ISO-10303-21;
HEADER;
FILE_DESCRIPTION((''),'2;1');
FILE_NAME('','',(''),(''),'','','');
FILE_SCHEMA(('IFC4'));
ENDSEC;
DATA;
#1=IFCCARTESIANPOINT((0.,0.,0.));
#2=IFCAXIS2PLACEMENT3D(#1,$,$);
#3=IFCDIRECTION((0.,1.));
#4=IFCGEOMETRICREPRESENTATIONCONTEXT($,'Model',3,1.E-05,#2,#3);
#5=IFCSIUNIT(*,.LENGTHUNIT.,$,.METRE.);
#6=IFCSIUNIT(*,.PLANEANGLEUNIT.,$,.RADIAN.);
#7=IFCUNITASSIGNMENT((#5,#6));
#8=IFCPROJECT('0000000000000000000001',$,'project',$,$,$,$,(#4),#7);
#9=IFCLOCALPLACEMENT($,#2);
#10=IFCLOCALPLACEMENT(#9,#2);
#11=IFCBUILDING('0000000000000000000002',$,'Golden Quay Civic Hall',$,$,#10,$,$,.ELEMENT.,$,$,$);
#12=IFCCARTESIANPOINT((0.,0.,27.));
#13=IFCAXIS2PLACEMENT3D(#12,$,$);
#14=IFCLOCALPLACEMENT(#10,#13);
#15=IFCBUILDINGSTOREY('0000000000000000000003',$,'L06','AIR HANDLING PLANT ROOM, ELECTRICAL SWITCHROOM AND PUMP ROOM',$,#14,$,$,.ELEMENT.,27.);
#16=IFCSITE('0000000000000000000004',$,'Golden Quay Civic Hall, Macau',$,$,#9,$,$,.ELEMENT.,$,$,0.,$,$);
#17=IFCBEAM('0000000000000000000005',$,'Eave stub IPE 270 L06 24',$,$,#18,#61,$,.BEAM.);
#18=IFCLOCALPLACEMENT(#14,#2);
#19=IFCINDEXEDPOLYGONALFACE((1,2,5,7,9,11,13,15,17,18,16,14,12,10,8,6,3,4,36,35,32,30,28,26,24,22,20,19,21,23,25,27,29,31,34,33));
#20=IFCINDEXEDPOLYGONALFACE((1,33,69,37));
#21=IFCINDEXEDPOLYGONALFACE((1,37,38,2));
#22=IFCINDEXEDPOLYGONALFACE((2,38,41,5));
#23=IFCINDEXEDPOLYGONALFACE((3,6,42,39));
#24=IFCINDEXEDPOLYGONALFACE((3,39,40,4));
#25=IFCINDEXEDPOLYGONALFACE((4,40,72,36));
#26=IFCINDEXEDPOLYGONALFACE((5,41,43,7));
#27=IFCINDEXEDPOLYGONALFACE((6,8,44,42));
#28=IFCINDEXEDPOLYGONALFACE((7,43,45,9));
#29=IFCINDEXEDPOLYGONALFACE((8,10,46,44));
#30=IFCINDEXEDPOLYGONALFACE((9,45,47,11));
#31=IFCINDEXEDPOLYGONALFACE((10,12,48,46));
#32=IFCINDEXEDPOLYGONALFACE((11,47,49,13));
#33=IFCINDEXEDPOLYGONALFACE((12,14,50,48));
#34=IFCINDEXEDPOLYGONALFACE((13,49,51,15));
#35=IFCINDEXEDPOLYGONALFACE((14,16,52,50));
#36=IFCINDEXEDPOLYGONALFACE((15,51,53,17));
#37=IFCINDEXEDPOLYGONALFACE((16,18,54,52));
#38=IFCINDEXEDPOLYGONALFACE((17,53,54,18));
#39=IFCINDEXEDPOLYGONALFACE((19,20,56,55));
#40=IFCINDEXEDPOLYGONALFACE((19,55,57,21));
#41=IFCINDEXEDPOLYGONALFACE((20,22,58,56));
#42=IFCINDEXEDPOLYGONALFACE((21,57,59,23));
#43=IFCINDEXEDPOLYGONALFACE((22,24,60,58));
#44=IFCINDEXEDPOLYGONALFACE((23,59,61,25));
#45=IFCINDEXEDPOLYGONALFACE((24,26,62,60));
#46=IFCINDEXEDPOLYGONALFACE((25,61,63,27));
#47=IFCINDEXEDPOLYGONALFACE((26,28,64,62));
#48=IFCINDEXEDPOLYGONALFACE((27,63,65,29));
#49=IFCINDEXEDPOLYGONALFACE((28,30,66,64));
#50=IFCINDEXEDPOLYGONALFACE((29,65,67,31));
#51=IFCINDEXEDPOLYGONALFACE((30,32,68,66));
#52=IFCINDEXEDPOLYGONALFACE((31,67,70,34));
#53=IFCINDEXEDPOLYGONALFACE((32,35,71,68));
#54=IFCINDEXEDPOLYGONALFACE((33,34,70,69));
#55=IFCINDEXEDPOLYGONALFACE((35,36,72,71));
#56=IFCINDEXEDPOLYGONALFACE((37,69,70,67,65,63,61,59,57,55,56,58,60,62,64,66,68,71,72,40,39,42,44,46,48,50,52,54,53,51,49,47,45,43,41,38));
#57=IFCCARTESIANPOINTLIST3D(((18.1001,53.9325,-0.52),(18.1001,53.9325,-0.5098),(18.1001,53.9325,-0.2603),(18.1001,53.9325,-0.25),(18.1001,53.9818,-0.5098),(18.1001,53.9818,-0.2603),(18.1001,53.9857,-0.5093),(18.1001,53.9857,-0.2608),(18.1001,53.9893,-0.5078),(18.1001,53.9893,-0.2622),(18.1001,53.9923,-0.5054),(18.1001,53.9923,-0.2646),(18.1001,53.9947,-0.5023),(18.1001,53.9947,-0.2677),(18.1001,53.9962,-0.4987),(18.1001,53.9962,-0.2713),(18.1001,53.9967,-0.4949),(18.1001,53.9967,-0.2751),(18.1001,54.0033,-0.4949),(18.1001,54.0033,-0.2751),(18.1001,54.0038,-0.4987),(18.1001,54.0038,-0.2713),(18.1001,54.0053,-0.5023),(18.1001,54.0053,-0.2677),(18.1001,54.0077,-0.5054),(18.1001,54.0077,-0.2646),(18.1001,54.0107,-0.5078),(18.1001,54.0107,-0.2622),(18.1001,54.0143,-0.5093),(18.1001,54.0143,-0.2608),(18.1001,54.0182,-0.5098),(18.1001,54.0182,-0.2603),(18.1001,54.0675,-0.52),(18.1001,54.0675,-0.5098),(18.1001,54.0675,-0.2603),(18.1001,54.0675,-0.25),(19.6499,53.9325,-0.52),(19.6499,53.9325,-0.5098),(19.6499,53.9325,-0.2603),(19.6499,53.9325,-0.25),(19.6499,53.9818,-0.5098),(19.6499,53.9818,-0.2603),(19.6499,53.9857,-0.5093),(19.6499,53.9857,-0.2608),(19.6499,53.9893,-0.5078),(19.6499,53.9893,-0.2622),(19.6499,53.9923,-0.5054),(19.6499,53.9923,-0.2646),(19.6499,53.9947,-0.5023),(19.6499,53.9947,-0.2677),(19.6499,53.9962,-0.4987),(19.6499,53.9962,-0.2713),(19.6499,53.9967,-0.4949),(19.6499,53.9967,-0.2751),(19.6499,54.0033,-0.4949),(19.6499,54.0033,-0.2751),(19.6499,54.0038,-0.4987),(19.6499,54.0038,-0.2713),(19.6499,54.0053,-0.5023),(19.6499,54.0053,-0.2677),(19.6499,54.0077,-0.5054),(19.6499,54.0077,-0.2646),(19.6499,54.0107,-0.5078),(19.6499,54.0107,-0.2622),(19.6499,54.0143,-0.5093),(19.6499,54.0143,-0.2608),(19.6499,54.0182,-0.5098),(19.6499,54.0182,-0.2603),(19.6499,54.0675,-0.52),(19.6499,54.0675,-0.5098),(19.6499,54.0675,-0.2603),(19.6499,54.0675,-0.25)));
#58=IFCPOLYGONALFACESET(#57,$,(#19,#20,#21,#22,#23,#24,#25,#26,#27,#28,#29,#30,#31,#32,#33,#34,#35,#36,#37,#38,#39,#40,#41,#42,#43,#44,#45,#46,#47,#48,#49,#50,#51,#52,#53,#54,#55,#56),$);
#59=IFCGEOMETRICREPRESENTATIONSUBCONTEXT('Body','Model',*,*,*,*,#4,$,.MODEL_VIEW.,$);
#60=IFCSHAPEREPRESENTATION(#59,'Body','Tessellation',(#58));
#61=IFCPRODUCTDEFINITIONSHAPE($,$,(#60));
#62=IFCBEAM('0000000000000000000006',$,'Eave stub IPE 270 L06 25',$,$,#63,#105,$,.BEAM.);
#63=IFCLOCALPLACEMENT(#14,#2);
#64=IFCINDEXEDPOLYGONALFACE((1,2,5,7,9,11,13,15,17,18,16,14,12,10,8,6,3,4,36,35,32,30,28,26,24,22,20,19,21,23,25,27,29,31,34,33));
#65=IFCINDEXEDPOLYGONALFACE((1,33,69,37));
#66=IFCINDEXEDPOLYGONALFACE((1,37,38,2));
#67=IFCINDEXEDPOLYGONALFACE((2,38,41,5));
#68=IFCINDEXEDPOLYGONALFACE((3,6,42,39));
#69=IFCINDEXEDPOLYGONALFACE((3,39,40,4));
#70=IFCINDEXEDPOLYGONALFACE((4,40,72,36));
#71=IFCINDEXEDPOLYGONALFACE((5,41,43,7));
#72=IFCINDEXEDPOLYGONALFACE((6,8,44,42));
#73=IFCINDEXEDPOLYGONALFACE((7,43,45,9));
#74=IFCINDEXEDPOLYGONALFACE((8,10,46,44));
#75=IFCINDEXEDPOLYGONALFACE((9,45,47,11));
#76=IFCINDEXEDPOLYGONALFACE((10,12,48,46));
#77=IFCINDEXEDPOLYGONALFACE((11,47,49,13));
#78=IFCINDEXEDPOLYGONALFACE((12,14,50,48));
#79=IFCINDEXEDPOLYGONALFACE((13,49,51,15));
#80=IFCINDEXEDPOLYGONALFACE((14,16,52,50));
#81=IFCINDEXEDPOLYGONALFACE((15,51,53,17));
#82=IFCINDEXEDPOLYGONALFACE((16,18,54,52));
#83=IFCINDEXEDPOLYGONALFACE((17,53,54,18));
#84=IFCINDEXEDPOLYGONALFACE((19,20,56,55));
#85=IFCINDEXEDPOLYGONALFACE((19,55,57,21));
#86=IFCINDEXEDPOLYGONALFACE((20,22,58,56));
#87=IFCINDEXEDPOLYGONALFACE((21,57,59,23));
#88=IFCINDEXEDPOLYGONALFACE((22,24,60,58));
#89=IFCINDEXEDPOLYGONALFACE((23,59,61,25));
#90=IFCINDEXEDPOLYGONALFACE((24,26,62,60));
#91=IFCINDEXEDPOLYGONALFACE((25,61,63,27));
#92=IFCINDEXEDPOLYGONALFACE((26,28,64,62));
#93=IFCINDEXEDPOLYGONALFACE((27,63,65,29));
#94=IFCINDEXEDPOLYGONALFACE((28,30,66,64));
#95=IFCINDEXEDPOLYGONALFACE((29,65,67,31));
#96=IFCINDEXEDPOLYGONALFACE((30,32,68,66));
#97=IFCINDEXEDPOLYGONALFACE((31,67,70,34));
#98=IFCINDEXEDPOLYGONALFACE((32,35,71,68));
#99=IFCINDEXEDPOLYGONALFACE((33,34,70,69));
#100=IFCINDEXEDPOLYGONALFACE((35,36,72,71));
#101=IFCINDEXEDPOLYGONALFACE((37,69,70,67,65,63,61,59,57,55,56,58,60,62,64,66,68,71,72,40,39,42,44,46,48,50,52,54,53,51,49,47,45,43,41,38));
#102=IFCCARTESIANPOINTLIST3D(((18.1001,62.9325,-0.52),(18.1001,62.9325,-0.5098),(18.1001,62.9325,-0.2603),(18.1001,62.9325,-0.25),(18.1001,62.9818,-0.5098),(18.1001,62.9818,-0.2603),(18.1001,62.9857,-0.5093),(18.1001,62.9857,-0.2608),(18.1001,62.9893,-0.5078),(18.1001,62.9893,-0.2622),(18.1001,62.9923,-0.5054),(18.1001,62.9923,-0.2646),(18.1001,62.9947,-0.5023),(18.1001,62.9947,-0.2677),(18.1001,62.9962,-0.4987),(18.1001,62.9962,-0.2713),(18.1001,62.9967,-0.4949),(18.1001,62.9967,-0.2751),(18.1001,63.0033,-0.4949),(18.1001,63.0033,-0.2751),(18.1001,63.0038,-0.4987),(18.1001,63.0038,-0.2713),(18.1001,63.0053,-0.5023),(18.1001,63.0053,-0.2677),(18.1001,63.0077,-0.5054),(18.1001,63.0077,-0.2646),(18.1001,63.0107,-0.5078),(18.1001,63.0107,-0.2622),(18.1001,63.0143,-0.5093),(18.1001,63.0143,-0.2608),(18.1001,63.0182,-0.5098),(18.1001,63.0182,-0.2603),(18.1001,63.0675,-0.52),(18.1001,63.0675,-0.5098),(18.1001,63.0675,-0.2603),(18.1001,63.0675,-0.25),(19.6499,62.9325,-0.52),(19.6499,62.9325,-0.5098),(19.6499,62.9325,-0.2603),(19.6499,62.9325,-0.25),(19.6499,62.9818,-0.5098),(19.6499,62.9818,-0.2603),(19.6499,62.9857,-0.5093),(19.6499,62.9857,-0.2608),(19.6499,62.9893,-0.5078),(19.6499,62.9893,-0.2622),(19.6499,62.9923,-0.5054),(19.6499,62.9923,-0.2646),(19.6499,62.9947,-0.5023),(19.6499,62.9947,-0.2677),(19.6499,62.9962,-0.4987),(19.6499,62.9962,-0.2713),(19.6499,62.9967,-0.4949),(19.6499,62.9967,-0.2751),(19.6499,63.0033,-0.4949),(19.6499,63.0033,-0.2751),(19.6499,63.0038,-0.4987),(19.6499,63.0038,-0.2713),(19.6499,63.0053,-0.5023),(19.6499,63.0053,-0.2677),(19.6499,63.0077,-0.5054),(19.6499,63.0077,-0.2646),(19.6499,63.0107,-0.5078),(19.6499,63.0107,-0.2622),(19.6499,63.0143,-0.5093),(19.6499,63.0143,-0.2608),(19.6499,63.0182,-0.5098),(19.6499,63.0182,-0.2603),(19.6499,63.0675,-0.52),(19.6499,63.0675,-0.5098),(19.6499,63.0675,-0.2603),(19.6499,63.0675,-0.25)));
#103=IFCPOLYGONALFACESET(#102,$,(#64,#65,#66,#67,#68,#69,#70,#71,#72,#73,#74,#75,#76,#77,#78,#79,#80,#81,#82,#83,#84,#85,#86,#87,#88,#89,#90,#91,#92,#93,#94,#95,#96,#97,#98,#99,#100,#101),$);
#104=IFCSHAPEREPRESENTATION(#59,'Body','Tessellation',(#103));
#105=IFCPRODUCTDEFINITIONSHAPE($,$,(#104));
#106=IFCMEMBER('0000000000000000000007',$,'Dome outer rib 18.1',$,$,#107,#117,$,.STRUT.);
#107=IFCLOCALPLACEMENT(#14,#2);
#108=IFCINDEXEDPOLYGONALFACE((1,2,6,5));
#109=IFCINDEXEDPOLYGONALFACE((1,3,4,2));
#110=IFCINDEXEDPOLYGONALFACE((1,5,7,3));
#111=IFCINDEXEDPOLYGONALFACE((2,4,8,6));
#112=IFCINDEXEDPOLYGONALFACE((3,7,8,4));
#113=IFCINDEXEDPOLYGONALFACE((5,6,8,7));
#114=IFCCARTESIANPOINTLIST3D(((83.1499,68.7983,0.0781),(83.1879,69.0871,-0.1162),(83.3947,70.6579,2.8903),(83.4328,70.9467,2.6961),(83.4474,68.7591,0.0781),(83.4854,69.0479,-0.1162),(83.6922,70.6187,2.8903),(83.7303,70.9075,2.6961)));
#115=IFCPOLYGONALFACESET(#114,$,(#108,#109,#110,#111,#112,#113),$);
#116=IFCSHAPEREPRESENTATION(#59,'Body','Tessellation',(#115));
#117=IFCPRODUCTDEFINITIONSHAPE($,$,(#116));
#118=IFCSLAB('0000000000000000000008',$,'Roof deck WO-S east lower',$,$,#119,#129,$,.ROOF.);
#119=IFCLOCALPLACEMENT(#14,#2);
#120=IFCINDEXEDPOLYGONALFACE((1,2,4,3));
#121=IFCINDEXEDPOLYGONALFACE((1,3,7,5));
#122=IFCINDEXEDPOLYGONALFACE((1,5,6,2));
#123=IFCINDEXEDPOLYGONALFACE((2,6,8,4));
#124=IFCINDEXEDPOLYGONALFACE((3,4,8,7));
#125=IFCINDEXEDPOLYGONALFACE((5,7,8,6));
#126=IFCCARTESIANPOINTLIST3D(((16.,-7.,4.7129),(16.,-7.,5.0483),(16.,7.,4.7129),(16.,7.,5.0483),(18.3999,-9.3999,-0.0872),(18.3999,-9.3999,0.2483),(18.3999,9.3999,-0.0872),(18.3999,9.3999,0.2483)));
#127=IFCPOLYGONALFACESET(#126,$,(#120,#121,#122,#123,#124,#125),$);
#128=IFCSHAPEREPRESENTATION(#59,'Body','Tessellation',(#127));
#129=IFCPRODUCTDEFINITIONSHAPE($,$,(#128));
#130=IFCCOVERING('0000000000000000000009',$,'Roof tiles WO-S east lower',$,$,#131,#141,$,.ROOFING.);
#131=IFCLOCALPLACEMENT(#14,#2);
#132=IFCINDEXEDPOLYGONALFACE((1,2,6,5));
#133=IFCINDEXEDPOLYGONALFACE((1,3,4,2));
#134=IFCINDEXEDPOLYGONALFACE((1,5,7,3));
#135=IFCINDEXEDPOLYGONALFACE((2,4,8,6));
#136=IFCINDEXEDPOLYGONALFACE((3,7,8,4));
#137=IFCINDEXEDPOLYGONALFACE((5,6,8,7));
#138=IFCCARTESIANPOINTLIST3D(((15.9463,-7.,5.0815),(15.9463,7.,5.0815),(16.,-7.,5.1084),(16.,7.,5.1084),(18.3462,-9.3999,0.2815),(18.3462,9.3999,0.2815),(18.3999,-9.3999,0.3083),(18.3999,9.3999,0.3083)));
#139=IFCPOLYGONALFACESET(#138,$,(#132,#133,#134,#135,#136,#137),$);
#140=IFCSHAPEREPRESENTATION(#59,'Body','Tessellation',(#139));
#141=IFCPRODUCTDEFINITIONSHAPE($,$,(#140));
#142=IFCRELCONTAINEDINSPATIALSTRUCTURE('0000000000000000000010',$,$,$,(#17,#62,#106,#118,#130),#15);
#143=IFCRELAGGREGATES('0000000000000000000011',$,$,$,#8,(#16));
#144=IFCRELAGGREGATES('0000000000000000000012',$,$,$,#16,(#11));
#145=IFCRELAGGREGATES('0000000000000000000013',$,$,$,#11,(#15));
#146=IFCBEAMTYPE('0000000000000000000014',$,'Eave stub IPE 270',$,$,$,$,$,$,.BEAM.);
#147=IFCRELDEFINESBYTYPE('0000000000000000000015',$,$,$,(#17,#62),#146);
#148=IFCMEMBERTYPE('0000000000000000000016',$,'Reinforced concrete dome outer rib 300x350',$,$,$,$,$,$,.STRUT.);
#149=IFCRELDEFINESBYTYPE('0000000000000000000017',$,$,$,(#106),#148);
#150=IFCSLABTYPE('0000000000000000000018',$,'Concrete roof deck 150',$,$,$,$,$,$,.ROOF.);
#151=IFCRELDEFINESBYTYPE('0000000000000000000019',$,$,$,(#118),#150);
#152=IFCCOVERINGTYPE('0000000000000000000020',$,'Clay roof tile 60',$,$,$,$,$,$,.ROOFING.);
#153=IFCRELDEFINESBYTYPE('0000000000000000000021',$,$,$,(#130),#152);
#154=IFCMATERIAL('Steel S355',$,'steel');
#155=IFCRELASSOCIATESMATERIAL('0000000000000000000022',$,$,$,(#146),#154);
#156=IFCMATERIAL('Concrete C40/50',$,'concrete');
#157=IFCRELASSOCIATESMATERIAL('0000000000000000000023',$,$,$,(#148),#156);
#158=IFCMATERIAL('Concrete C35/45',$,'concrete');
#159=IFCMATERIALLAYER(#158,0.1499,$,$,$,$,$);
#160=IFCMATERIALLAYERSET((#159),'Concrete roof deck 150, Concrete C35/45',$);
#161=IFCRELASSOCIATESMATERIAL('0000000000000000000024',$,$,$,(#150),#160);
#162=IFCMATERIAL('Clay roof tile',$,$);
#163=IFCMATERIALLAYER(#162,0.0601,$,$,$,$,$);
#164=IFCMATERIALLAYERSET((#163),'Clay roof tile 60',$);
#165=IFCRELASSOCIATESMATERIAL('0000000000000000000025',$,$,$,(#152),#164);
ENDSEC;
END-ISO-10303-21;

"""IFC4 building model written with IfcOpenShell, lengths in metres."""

from ifc_helpers import new_model, si_unit, direction, frame, origin, origin_2d, place, context, subcontext, project, spatial, polyline, rectangle, i_section, outline, extrude, material, layer, layer_set, material_profile, profile_set, type_object, element, save


model = new_model("IFC4")

# Units and contexts
model_context = context("Model", 3, precision=1e-05, world=origin(), true_north=direction((0.0, 1.0)))
body_context = subcontext(model_context, "Body", "Model", "MODEL_VIEW")
ifc_project = project(units=[si_unit("LENGTHUNIT", "METRE"), si_unit("PLANEANGLEUNIT", "RADIAN")], contexts=[model_context])

# Site, building, storey
site_placement = place(None, origin())
site = spatial("IfcSite", under=ifc_project, at=site_placement, Name="Golden Quay Civic Hall, Macau", CompositionType="ELEMENT", RefElevation=0.0)
building_placement = place(site_placement, origin())
building = spatial("IfcBuilding", under=site, at=building_placement, Name="Golden Quay Civic Hall", CompositionType="ELEMENT")
storey_placement = place(building_placement, frame((0.0, 0.0, 27.0)))
storey = spatial("IfcBuildingStorey", under=building, at=storey_placement, Name="L06", Description="AIR HANDLING PLANT ROOM, ELECTRICAL SWITCHROOM AND PUMP ROOM", CompositionType="ELEMENT", Elevation=27.0)

# Beams
ifc_material_1 = material(Name="Steel S355", Category="steel")
ifc_material_profile_1 = material_profile(ifc_material_1, i_section(OverallWidth=0.135, OverallDepth=0.27, WebThickness=0.0066, FlangeThickness=0.0103, FilletRadius=0.0149, at=origin_2d()), Name="IPE 270")
ifc_profile_set_1 = profile_set([ifc_material_profile_1], Name="Steel S355")
beam_type_1 = type_object("IfcBeamType", Name="Eave stub IPE 270", PredefinedType="BEAM", material=ifc_profile_set_1)
for number, where, z_axis, x_axis, name in (
    (1, (18.1001, 54.0, -0.385), (1.0, 0.0, 0.0), (0.0, 1.0, 0.0), "Eave stub IPE 270 L06 24"),
    (2, (18.1001, 63.0, -0.385), (1.0, 0.0, 0.0), (0.0, 1.0, 0.0), "Eave stub IPE 270 L06 25"),
):
    element("IfcBeam", number, at=place(storey_placement, frame(where, z_axis=z_axis, x_axis=x_axis)), inside=storey, type_object=beam_type_1, Name=name, PredefinedType="BEAM", context=body_context, shape_type="SweptSolid", body=[
        extrude(i_section(OverallWidth=0.135, OverallDepth=0.27, WebThickness=0.0066, FlangeThickness=0.0103, FilletRadius=0.0149, at=origin_2d()), origin(), (0.0, 0.0, 1.0), 1.5498),
    ])

# Member
ifc_material_2 = material(Name="Concrete C40/50", Category="concrete")
ifc_material_profile_2 = material_profile(ifc_material_2, rectangle(XDim=0.3, YDim=0.3501, at=origin_2d()), Name="RC 300x350")
ifc_profile_set_2 = profile_set([ifc_material_profile_2], Name="Concrete C40/50")
member_type = type_object("IfcMemberType", Name="Reinforced concrete dome outer rib 300x350", PredefinedType="STRUT", material=ifc_profile_set_2)
member_placement = place(storey_placement, frame((83.3176, 68.9231, -0.019), z_axis=(0.07244, 0.550122, 0.831936), x_axis=(-0.991441, 0.130552, 0.0)))
element("IfcMember", 3, at=member_placement, inside=storey, type_object=member_type, Name="Dome outer rib 18.1", PredefinedType="STRUT", context=body_context, shape_type="SweptSolid", body=[
    extrude(rectangle(XDim=0.3, YDim=0.3501, at=origin_2d()), origin(), (0.0, 0.0, 1.0), 3.3804),
])

# Slab
ifc_material_3 = material(Name="Concrete C35/45", Category="concrete")
ifc_layer_1 = layer(ifc_material_3, 0.1499)
ifc_layer_set_1 = layer_set([ifc_layer_1], Name="Concrete roof deck 150, Concrete C35/45")
slab_type = type_object("IfcSlabType", Name="Concrete roof deck 150", PredefinedType="ROOF", material=ifc_layer_set_1)
slab_placement = place(storey_placement, frame((18.3999, -9.3999, 0.2483), z_axis=(0.894436, 0.0, 0.447195), x_axis=(0.0, 1.0, 0.0)))
element("IfcSlab", 4, at=slab_placement, inside=storey, type_object=slab_type, Name="Roof deck WO-S east lower", PredefinedType="ROOF", context=body_context, shape_type="SweptSolid", body=[
    extrude(outline(polyline([(0.0, 0.0), (18.7998, 0.0), (16.3999, 5.3666), (2.3999, 5.3666), (0.0, 0.0)])), origin(), (0.0, -0.894436, -0.447195), 0.3354),
])

# Covering
ifc_material_4 = material(Name="Clay roof tile")
ifc_layer_2 = layer(ifc_material_4, 0.0601)
ifc_layer_set_2 = layer_set([ifc_layer_2], Name="Clay roof tile 60")
covering_type = type_object("IfcCoveringType", Name="Clay roof tile 60", PredefinedType="ROOFING", material=ifc_layer_set_2)
covering_placement = place(storey_placement, frame((18.3999, -9.3999, 0.3083), z_axis=(0.894436, 0.0, 0.447195), x_axis=(0.0, 1.0, 0.0)))
element("IfcCovering", 5, at=covering_placement, inside=storey, type_object=covering_type, Name="Roof tiles WO-S east lower", PredefinedType="ROOFING", context=body_context, shape_type="SweptSolid", body=[
    extrude(outline(polyline([(0.0, 0.0), (18.7998, 0.0), (16.3999, 5.3666), (2.3999, 5.3666), (0.0, 0.0)])), origin(), (0.0, 0.0, -1.0), 0.0601),
])

save(model, "model.ifc")
